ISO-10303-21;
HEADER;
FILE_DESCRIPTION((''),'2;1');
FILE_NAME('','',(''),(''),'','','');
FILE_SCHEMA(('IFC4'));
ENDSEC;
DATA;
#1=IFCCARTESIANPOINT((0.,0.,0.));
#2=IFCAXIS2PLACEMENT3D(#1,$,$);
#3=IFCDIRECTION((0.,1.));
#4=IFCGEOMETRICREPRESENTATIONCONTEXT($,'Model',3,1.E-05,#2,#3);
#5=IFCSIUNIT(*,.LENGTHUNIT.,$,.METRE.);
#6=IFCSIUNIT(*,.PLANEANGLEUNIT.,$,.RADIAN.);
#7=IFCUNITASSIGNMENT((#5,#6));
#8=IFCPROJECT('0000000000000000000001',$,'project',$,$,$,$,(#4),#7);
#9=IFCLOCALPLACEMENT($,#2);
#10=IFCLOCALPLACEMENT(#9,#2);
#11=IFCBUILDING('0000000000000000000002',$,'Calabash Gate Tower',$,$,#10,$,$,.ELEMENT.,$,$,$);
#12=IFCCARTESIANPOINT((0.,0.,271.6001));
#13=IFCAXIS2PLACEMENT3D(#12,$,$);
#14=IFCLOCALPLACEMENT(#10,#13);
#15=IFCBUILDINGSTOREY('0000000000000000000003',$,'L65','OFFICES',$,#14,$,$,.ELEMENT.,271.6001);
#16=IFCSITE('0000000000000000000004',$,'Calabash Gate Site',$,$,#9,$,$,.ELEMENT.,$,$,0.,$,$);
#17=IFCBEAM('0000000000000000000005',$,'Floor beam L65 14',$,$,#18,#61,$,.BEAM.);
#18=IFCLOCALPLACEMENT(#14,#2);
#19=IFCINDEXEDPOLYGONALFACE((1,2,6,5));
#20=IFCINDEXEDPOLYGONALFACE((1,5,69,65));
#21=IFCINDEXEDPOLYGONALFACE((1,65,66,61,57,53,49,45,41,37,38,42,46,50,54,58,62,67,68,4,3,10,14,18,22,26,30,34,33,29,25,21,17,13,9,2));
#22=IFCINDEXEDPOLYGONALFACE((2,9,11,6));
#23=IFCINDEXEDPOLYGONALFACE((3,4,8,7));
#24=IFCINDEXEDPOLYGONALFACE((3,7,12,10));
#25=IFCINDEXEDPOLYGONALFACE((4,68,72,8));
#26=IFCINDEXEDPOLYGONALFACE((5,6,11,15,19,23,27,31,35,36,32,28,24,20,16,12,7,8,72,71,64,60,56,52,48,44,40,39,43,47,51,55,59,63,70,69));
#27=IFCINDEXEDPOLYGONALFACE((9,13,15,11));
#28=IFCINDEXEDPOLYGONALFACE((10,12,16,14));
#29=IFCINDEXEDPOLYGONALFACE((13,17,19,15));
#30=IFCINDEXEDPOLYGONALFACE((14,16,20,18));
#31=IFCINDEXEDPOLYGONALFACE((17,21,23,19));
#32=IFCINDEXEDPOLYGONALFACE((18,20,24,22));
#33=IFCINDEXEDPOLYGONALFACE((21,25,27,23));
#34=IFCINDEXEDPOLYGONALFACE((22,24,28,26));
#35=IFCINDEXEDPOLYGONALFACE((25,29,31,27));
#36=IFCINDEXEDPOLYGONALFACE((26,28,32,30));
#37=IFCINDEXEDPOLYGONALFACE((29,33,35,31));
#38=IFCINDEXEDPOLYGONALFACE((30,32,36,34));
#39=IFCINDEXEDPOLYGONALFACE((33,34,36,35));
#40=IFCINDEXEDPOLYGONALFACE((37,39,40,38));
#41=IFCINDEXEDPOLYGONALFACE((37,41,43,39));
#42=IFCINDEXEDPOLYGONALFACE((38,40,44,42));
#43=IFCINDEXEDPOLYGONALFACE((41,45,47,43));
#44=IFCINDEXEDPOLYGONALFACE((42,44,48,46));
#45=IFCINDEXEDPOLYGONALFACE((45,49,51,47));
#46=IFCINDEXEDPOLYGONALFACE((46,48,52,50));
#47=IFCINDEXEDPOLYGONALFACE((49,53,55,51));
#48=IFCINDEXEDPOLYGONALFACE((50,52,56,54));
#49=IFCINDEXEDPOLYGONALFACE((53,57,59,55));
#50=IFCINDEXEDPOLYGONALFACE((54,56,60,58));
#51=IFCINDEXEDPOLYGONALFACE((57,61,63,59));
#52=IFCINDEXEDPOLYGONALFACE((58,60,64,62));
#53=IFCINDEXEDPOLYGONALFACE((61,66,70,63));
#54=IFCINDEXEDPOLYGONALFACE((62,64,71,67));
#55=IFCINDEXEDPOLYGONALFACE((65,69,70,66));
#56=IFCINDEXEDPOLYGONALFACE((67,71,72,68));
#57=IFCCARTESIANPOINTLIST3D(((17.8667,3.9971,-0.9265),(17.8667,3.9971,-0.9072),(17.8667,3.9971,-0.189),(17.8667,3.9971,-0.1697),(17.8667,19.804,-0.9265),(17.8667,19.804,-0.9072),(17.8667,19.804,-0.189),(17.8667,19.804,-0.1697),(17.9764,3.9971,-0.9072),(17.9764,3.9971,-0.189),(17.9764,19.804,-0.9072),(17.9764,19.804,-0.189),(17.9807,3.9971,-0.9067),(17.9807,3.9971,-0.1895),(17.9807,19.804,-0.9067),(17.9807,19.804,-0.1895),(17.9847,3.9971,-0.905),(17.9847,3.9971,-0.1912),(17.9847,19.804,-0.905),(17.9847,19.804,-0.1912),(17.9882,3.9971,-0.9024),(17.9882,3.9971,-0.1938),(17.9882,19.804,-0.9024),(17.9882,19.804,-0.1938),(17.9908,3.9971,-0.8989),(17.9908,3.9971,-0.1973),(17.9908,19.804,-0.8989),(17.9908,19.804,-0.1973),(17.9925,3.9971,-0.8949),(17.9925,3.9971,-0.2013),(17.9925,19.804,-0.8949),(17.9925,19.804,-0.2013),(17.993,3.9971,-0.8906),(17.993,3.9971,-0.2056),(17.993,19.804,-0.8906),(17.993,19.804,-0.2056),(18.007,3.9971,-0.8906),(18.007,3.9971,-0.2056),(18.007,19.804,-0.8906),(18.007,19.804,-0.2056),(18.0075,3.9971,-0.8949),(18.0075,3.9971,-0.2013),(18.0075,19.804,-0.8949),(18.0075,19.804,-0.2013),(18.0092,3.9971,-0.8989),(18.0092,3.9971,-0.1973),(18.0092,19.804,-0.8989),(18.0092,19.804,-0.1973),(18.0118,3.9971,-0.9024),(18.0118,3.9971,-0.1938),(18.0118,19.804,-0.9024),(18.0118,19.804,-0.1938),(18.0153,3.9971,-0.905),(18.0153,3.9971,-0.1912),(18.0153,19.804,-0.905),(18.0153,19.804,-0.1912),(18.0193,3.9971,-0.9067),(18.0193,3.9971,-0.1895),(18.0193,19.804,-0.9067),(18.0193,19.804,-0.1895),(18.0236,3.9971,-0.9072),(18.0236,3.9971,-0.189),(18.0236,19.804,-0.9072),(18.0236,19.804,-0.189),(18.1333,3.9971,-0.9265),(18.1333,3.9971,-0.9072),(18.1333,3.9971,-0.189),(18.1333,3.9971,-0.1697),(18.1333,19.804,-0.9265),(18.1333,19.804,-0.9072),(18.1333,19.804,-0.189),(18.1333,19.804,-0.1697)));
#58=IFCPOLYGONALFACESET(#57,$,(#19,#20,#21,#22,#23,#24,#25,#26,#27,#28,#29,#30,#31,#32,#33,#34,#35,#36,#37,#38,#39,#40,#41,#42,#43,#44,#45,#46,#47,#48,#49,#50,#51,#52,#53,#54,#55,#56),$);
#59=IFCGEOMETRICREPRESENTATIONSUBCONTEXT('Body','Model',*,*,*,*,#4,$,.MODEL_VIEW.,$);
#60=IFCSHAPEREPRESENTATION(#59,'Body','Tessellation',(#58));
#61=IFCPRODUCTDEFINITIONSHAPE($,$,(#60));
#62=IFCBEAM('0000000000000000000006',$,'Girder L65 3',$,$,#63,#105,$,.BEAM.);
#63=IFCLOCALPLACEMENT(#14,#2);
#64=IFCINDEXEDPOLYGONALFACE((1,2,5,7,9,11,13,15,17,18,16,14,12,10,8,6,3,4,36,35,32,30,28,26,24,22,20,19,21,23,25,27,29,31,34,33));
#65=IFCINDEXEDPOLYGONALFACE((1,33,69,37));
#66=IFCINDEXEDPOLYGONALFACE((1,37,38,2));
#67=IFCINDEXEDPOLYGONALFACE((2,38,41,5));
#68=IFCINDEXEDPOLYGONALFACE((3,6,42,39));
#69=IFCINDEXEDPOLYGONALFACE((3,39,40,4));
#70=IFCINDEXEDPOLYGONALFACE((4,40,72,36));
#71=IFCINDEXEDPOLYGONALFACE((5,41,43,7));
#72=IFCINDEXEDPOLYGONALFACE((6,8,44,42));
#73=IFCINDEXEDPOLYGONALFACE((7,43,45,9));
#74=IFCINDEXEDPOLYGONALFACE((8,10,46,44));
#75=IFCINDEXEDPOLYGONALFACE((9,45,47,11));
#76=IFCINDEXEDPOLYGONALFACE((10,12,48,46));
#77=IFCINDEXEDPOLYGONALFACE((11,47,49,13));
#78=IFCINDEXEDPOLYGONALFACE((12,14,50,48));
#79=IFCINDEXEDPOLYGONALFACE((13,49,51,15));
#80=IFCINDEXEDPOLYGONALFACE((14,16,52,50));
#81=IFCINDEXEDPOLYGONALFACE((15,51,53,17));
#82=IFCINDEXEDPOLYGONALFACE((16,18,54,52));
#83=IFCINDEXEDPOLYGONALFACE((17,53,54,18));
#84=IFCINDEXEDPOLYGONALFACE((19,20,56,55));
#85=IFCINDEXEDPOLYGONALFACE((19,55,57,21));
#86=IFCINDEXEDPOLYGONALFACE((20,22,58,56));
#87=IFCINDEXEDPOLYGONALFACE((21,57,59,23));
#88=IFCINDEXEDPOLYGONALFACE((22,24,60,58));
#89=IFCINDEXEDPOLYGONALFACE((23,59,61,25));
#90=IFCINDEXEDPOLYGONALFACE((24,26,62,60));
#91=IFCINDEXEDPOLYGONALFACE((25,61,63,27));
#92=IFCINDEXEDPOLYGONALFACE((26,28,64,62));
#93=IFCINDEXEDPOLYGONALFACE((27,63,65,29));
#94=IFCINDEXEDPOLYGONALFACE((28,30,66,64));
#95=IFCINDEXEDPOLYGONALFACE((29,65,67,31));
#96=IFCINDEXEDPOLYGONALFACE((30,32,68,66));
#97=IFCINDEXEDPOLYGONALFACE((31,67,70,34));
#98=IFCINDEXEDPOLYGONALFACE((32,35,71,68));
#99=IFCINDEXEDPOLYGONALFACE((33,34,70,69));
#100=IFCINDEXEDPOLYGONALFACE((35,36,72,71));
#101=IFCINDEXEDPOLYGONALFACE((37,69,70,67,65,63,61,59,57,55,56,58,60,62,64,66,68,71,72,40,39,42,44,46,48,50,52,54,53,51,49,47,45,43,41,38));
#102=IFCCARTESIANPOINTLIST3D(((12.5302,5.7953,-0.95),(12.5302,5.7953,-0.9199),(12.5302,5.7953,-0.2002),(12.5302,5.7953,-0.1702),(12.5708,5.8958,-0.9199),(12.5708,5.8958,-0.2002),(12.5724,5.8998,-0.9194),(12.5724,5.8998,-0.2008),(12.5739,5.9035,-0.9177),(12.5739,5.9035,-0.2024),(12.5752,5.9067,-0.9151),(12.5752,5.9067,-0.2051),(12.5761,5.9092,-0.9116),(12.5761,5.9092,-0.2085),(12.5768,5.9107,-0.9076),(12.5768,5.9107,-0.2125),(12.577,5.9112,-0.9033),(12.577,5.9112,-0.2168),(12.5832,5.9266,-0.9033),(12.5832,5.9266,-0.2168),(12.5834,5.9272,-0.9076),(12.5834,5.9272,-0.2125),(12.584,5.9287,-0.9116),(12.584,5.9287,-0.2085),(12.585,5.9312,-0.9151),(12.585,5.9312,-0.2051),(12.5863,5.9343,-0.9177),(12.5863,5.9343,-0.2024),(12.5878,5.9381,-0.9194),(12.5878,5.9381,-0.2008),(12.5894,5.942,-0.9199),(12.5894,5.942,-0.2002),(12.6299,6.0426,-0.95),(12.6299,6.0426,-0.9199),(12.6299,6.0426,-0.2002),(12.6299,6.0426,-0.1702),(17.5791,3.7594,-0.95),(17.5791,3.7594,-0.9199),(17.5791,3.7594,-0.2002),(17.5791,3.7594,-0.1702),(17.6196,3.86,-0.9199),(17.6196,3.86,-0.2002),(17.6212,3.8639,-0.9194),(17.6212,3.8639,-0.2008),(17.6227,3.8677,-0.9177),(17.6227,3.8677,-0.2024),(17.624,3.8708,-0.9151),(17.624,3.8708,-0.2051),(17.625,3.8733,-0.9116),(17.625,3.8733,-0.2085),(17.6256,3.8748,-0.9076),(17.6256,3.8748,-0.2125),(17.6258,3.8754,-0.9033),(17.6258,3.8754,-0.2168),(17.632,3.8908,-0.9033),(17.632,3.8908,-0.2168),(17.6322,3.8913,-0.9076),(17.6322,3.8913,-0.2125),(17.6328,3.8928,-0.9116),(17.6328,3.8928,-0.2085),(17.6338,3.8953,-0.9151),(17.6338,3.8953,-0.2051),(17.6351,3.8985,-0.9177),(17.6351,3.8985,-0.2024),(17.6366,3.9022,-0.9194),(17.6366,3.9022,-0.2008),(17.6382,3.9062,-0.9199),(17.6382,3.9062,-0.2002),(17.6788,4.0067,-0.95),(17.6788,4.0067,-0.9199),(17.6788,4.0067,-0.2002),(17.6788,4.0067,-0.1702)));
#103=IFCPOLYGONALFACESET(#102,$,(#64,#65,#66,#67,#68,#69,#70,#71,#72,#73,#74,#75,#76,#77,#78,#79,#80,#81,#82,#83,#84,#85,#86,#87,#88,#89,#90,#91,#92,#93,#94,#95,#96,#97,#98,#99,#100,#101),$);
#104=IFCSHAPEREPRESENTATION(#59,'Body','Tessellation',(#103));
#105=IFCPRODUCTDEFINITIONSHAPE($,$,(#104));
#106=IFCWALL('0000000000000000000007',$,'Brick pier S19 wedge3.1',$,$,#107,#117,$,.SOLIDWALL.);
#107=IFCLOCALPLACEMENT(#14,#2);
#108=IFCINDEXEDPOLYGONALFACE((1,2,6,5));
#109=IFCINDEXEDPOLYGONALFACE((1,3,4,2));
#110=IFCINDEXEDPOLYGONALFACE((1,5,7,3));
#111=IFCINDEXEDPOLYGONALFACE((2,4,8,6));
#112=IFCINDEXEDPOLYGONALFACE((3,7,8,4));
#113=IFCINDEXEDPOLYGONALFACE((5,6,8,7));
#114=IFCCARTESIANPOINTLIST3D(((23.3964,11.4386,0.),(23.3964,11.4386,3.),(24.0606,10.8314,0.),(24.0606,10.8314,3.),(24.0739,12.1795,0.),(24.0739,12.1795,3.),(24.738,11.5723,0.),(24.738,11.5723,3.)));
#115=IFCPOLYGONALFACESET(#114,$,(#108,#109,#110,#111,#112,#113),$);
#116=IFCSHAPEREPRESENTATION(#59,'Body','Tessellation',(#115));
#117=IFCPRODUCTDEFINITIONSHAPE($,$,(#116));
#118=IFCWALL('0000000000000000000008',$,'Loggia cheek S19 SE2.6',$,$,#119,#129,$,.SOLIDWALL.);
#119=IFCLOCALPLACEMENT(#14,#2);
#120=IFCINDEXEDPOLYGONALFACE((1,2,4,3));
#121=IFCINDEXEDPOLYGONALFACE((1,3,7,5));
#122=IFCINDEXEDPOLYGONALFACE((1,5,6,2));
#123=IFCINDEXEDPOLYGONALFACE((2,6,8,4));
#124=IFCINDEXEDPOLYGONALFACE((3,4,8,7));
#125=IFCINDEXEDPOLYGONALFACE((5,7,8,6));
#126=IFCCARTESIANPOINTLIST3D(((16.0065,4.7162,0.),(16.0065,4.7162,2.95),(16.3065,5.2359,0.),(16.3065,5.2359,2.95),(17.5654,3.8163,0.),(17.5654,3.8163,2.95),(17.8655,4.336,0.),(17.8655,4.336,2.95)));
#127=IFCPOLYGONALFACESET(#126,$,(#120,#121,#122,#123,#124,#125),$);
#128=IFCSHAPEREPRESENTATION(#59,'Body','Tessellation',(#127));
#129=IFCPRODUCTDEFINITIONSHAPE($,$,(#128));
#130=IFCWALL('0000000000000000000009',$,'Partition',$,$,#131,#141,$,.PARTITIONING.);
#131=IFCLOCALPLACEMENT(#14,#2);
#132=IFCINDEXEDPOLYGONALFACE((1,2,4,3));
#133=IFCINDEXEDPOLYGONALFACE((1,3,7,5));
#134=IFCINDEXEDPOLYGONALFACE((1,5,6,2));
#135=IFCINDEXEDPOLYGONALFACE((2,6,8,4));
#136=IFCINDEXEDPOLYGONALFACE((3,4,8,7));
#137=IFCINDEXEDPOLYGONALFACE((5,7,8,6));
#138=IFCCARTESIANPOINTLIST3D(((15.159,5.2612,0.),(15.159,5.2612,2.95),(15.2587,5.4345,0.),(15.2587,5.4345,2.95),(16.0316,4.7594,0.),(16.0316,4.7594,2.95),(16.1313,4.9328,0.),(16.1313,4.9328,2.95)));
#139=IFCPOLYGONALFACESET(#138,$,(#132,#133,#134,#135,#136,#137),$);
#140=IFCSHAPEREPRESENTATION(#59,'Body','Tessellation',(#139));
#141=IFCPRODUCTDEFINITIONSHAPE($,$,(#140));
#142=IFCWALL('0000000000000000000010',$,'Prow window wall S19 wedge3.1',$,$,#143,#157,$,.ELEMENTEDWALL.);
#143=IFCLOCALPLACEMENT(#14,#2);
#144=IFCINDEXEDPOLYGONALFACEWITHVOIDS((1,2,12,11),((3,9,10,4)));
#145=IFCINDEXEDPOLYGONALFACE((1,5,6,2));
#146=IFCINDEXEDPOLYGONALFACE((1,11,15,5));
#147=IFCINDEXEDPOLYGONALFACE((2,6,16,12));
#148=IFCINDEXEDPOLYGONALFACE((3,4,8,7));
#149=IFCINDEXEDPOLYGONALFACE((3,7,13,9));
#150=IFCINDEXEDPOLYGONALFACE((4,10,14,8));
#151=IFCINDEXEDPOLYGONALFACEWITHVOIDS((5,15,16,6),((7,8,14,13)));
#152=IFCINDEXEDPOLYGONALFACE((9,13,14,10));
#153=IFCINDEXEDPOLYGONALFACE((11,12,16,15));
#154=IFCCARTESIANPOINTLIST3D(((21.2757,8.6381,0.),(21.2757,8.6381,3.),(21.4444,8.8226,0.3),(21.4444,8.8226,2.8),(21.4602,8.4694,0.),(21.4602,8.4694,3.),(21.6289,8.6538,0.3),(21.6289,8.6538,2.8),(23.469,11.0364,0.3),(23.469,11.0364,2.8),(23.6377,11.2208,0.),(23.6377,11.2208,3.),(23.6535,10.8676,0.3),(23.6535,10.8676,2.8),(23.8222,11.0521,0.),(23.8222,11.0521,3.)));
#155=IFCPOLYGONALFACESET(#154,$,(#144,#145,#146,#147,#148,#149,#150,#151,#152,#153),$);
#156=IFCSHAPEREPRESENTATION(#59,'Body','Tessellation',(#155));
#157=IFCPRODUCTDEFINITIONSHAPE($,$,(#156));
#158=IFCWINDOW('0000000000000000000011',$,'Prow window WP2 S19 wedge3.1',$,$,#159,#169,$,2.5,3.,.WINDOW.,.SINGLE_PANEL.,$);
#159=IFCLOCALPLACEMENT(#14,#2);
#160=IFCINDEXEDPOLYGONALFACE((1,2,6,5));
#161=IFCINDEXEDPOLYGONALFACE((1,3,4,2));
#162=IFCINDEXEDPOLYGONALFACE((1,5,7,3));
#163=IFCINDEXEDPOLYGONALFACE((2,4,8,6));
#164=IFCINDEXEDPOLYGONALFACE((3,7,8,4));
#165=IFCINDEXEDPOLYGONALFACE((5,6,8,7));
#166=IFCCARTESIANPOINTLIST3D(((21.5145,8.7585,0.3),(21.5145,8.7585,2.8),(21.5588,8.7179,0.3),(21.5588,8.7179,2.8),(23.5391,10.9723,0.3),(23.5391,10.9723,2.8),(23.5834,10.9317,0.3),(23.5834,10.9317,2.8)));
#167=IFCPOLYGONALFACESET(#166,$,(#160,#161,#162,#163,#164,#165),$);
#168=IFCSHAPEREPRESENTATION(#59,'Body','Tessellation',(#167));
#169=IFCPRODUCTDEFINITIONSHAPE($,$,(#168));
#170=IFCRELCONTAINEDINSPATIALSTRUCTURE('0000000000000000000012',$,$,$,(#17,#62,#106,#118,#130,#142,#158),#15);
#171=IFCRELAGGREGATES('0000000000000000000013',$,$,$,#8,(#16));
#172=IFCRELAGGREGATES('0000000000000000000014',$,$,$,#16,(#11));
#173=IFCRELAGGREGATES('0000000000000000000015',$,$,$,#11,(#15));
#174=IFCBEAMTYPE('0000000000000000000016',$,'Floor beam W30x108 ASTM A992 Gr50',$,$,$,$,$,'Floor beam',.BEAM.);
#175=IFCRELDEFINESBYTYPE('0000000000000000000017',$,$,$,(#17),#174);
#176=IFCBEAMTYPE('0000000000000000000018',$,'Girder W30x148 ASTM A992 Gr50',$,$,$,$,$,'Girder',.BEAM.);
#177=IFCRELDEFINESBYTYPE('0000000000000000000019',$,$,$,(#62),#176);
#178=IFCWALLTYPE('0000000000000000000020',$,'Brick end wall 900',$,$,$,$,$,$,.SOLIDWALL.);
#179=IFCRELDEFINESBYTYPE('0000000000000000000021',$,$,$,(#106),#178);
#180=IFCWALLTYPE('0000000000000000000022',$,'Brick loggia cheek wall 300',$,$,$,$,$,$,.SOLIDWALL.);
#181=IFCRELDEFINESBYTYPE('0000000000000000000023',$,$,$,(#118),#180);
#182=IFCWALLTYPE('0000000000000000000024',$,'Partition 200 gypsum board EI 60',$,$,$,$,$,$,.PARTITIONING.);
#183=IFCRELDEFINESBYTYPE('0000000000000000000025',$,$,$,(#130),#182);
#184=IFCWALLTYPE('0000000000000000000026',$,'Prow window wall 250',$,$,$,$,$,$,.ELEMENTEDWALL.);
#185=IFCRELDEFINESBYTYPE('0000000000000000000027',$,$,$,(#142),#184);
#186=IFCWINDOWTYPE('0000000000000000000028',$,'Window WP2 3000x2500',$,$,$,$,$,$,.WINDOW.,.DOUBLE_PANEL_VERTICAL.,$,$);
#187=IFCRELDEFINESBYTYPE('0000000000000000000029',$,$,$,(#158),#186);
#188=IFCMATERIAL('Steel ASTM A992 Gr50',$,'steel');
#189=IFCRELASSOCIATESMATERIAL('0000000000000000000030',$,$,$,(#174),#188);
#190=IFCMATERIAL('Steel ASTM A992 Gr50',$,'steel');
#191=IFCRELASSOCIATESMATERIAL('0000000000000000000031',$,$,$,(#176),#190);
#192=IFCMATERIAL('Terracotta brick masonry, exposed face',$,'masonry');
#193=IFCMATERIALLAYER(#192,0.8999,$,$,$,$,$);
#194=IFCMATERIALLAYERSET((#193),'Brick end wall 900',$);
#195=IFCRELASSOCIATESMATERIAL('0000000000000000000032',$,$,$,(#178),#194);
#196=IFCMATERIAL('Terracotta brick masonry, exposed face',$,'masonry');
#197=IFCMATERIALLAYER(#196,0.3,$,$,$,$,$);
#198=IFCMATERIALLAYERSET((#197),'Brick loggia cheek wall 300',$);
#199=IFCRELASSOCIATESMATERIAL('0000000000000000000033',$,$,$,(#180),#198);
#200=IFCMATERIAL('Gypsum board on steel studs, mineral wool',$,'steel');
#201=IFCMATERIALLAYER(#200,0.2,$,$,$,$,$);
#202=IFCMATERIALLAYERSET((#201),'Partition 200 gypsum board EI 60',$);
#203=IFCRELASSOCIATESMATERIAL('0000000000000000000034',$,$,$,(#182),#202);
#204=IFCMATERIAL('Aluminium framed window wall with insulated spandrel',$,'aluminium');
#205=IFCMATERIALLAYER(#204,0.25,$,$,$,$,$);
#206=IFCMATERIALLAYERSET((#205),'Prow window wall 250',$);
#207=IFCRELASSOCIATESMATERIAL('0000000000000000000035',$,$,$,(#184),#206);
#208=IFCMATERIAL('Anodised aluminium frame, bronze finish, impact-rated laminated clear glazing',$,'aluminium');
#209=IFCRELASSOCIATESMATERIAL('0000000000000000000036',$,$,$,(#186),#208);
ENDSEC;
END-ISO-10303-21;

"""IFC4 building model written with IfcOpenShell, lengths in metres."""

from ifc_helpers import new_model, si_unit, direction, frame, frame_2d, origin, origin_2d, place, context, subcontext, project, spatial, rectangle, i_section, extrude, material, layer, layer_set, material_profile, profile_set, type_object, element, fill, save


model = new_model("IFC4")

# Units and contexts
model_context = context("Model", 3, precision=1e-05, world=origin(), true_north=direction((0.0, 1.0)))
body_context = subcontext(model_context, "Body", "Model", "MODEL_VIEW")
ifc_project = project(units=[si_unit("LENGTHUNIT", "METRE"), si_unit("PLANEANGLEUNIT", "RADIAN")], contexts=[model_context])

# Site, building, storey
site_placement = place(None, origin())
site = spatial("IfcSite", under=ifc_project, at=site_placement, Name="Calabash Gate Site", CompositionType="ELEMENT", RefElevation=0.0)
building_placement = place(site_placement, origin())
building = spatial("IfcBuilding", under=site, at=building_placement, Name="Calabash Gate Tower", CompositionType="ELEMENT")
storey_placement = place(building_placement, frame((0.0, 0.0, 271.6001)))
storey = spatial("IfcBuildingStorey", under=building, at=storey_placement, Name="L65", Description="OFFICES", CompositionType="ELEMENT", Elevation=271.6001)

# Beams
ifc_material_1 = material(Name="Steel ASTM A992 Gr50", Category="steel")
ifc_material_profile_1 = material_profile(ifc_material_1, i_section(OverallWidth=0.2666, OverallDepth=0.7568, WebThickness=0.0139, FlangeThickness=0.0193, FilletRadius=0.0166, at=origin_2d()))
ifc_profile_set_1 = profile_set([ifc_material_profile_1], Name="Steel ASTM A992 Gr50")
beam_type_1 = type_object("IfcBeamType", Name="Floor beam W30x108 ASTM A992 Gr50", ElementType="Floor beam", PredefinedType="BEAM", material=ifc_profile_set_1)
beam_1_placement = place(storey_placement, frame((18.0, 3.9971, -0.5481), z_axis=(0.0, 1.0, 0.0), x_axis=(-1.0, 0.0, 0.0)))
element("IfcBeam", 1, at=beam_1_placement, inside=storey, type_object=beam_type_1, Name="Floor beam L65 14", PredefinedType="BEAM", context=body_context, shape_type="SweptSolid", body=[
    extrude(i_section(OverallWidth=0.2666, OverallDepth=0.7568, WebThickness=0.0139, FlangeThickness=0.0193, FilletRadius=0.0166, at=origin_2d()), origin(), (0.0, 0.0, 1.0), 15.8069),
])
ifc_material_2 = material(Name="Steel ASTM A992 Gr50", Category="steel")
ifc_material_profile_2 = material_profile(ifc_material_2, i_section(OverallWidth=0.2666, OverallDepth=0.7798, WebThickness=0.0166, FlangeThickness=0.03, FilletRadius=0.0166, at=origin_2d()))
ifc_profile_set_2 = profile_set([ifc_material_profile_2], Name="Steel ASTM A992 Gr50")
beam_type_2 = type_object("IfcBeamType", Name="Girder W30x148 ASTM A992 Gr50", ElementType="Girder", PredefinedType="BEAM", material=ifc_profile_set_2)
beam_2_placement = place(storey_placement, frame((17.6289, 3.8831, -0.5601), z_axis=(-0.927437, 0.37398, 0.0), x_axis=(-0.37398, -0.927437, 0.0)))
element("IfcBeam", 2, at=beam_2_placement, inside=storey, type_object=beam_type_2, Name="Girder L65 3", PredefinedType="BEAM", context=body_context, shape_type="SweptSolid", body=[
    extrude(i_section(OverallWidth=0.2666, OverallDepth=0.7798, WebThickness=0.0166, FlangeThickness=0.03, FilletRadius=0.0166, at=origin_2d()), origin(), (0.0, 0.0, 1.0), 5.4438),
])

# Walls
ifc_material_3 = material(Name="Terracotta brick masonry, exposed face", Category="masonry")
ifc_layer_1 = layer(ifc_material_3, 0.8999)
ifc_layer_set_1 = layer_set([ifc_layer_1], Name="Brick end wall 900")
wall_type_1 = type_object("IfcWallType", Name="Brick end wall 900", PredefinedType="SOLIDWALL", material=ifc_layer_set_1)
wall_1_placement = place(storey_placement, frame((23.7285, 11.135, 0.0), z_axis=(0.0, 0.0, 1.0), x_axis=(0.674788, 0.738012, 0.0)))
element("IfcWall", 3, at=wall_1_placement, inside=storey, type_object=wall_type_1, Name="Brick pier S19 wedge3.1", PredefinedType="SOLIDWALL", context=body_context, shape_type="SweptSolid", body=[
    extrude(rectangle(XDim=1.0039, YDim=0.8999, at=frame_2d((0.502, 0.0))), origin(), (0.0, 0.0, 1.0), 3.0),
])
ifc_material_4 = material(Name="Terracotta brick masonry, exposed face", Category="masonry")
ifc_layer_2 = layer(ifc_material_4, 0.3)
ifc_layer_set_2 = layer_set([ifc_layer_2], Name="Brick loggia cheek wall 300")
wall_type_2 = type_object("IfcWallType", Name="Brick loggia cheek wall 300", PredefinedType="SOLIDWALL", material=ifc_layer_set_2)
wall_2_placement = place(storey_placement, frame((17.7153, 4.0762, 0.0), z_axis=(0.0, 0.0, 1.0), x_axis=(-0.866048, 0.499961, 0.0)))
element("IfcWall", 4, at=wall_2_placement, inside=storey, type_object=wall_type_2, Name="Loggia cheek S19 SE2.6", PredefinedType="SOLIDWALL", context=body_context, shape_type="SweptSolid", body=[
    extrude(rectangle(XDim=1.8, YDim=0.6001, at=frame_2d((0.8999, 0.0))), origin(), (0.0, 0.0, 1.0), 2.95),
])
ifc_material_5 = material(Name="Gypsum board on steel studs, mineral wool", Category="steel")
ifc_layer_3 = layer(ifc_material_5, 0.2)
ifc_layer_set_3 = layer_set([ifc_layer_3], Name="Partition 200 gypsum board EI 60")
wall_type_3 = type_object("IfcWallType", Name="Partition 200 gypsum board EI 60", PredefinedType="PARTITIONING", material=ifc_layer_set_3)
wall_3_placement = place(storey_placement, frame((15.2087, 5.3479, 0.0), z_axis=(0.0, 0.0, 1.0), x_axis=(0.866912, -0.498462, 0.0)))
element("IfcWall", 5, at=wall_3_placement, inside=storey, type_object=wall_type_3, Name="Partition", PredefinedType="PARTITIONING", context=body_context, shape_type="SweptSolid", body=[
    extrude(rectangle(XDim=1.0066, YDim=0.2, at=frame_2d((0.5034, 0.0))), origin(), (0.0, 0.0, 1.0), 2.95),
])

# Wall, opening, window
ifc_material_6 = material(Name="Aluminium framed window wall with insulated spandrel", Category="aluminium")
ifc_layer_4 = layer(ifc_material_6, 0.25)
ifc_layer_set_4 = layer_set([ifc_layer_4], Name="Prow window wall 250")
wall_type_4 = type_object("IfcWallType", Name="Prow window wall 250", PredefinedType="ELEMENTEDWALL", material=ifc_layer_set_4)
wall_4_placement = place(storey_placement, frame((21.3679, 8.5537, 0.0), z_axis=(0.0, 0.0, 1.0), x_axis=(0.674874, 0.737933, 0.0)))
wall_4 = element("IfcWall", 6, at=wall_4_placement, inside=storey, type_object=wall_type_4, Name="Prow window wall S19 wedge3.1", PredefinedType="ELEMENTEDWALL", context=body_context, shape_type="SweptSolid", body=[
    extrude(rectangle(XDim=3.5, YDim=0.25, at=frame_2d((1.75, 0.0))), origin(), (0.0, 0.0, 1.0), 3.0),
])
opening_1_placement = place(wall_4_placement, frame((0.25, 0.0, 0.3)))
opening_1 = element("IfcOpeningElement", 7, at=opening_1_placement, cuts=wall_4, PredefinedType="OPENING", context=body_context, shape_type="SweptSolid", body=[
    extrude(rectangle(XDim=3.0, YDim=2.5, at=frame_2d((1.5, 1.25))), frame((0.0, 0.135, 0.0), z_axis=(0.0, -1.0, 0.0), x_axis=(1.0, 0.0, 0.0)), (0.0, 0.0, 1.0), 0.27),
])
ifc_material_7 = material(Name="Anodised aluminium frame, bronze finish, impact-rated laminated clear glazing", Category="aluminium")
window_type = type_object("IfcWindowType", Name="Window WP2 3000x2500", PartitioningType="DOUBLE_PANEL_VERTICAL", PredefinedType="WINDOW", material=ifc_material_7)
window_1_placement = place(opening_1_placement, origin())
window_1 = element("IfcWindow", 8, at=window_1_placement, inside=storey, type_object=window_type, Name="Prow window WP2 S19 wedge3.1", OverallHeight=2.5, OverallWidth=3.0, PartitioningType="SINGLE_PANEL", PredefinedType="WINDOW", context=body_context, shape_type="SweptSolid", body=[
    extrude(rectangle(XDim=3.0, YDim=2.5, at=frame_2d((1.5, 1.25))), frame((0.0, 0.03, 0.0), z_axis=(0.0, -1.0, 0.0), x_axis=(1.0, 0.0, 0.0)), (0.0, 0.0, 1.0), 0.0601),
])
fill(opening_1, window_1)

save(model, "model.ifc")
